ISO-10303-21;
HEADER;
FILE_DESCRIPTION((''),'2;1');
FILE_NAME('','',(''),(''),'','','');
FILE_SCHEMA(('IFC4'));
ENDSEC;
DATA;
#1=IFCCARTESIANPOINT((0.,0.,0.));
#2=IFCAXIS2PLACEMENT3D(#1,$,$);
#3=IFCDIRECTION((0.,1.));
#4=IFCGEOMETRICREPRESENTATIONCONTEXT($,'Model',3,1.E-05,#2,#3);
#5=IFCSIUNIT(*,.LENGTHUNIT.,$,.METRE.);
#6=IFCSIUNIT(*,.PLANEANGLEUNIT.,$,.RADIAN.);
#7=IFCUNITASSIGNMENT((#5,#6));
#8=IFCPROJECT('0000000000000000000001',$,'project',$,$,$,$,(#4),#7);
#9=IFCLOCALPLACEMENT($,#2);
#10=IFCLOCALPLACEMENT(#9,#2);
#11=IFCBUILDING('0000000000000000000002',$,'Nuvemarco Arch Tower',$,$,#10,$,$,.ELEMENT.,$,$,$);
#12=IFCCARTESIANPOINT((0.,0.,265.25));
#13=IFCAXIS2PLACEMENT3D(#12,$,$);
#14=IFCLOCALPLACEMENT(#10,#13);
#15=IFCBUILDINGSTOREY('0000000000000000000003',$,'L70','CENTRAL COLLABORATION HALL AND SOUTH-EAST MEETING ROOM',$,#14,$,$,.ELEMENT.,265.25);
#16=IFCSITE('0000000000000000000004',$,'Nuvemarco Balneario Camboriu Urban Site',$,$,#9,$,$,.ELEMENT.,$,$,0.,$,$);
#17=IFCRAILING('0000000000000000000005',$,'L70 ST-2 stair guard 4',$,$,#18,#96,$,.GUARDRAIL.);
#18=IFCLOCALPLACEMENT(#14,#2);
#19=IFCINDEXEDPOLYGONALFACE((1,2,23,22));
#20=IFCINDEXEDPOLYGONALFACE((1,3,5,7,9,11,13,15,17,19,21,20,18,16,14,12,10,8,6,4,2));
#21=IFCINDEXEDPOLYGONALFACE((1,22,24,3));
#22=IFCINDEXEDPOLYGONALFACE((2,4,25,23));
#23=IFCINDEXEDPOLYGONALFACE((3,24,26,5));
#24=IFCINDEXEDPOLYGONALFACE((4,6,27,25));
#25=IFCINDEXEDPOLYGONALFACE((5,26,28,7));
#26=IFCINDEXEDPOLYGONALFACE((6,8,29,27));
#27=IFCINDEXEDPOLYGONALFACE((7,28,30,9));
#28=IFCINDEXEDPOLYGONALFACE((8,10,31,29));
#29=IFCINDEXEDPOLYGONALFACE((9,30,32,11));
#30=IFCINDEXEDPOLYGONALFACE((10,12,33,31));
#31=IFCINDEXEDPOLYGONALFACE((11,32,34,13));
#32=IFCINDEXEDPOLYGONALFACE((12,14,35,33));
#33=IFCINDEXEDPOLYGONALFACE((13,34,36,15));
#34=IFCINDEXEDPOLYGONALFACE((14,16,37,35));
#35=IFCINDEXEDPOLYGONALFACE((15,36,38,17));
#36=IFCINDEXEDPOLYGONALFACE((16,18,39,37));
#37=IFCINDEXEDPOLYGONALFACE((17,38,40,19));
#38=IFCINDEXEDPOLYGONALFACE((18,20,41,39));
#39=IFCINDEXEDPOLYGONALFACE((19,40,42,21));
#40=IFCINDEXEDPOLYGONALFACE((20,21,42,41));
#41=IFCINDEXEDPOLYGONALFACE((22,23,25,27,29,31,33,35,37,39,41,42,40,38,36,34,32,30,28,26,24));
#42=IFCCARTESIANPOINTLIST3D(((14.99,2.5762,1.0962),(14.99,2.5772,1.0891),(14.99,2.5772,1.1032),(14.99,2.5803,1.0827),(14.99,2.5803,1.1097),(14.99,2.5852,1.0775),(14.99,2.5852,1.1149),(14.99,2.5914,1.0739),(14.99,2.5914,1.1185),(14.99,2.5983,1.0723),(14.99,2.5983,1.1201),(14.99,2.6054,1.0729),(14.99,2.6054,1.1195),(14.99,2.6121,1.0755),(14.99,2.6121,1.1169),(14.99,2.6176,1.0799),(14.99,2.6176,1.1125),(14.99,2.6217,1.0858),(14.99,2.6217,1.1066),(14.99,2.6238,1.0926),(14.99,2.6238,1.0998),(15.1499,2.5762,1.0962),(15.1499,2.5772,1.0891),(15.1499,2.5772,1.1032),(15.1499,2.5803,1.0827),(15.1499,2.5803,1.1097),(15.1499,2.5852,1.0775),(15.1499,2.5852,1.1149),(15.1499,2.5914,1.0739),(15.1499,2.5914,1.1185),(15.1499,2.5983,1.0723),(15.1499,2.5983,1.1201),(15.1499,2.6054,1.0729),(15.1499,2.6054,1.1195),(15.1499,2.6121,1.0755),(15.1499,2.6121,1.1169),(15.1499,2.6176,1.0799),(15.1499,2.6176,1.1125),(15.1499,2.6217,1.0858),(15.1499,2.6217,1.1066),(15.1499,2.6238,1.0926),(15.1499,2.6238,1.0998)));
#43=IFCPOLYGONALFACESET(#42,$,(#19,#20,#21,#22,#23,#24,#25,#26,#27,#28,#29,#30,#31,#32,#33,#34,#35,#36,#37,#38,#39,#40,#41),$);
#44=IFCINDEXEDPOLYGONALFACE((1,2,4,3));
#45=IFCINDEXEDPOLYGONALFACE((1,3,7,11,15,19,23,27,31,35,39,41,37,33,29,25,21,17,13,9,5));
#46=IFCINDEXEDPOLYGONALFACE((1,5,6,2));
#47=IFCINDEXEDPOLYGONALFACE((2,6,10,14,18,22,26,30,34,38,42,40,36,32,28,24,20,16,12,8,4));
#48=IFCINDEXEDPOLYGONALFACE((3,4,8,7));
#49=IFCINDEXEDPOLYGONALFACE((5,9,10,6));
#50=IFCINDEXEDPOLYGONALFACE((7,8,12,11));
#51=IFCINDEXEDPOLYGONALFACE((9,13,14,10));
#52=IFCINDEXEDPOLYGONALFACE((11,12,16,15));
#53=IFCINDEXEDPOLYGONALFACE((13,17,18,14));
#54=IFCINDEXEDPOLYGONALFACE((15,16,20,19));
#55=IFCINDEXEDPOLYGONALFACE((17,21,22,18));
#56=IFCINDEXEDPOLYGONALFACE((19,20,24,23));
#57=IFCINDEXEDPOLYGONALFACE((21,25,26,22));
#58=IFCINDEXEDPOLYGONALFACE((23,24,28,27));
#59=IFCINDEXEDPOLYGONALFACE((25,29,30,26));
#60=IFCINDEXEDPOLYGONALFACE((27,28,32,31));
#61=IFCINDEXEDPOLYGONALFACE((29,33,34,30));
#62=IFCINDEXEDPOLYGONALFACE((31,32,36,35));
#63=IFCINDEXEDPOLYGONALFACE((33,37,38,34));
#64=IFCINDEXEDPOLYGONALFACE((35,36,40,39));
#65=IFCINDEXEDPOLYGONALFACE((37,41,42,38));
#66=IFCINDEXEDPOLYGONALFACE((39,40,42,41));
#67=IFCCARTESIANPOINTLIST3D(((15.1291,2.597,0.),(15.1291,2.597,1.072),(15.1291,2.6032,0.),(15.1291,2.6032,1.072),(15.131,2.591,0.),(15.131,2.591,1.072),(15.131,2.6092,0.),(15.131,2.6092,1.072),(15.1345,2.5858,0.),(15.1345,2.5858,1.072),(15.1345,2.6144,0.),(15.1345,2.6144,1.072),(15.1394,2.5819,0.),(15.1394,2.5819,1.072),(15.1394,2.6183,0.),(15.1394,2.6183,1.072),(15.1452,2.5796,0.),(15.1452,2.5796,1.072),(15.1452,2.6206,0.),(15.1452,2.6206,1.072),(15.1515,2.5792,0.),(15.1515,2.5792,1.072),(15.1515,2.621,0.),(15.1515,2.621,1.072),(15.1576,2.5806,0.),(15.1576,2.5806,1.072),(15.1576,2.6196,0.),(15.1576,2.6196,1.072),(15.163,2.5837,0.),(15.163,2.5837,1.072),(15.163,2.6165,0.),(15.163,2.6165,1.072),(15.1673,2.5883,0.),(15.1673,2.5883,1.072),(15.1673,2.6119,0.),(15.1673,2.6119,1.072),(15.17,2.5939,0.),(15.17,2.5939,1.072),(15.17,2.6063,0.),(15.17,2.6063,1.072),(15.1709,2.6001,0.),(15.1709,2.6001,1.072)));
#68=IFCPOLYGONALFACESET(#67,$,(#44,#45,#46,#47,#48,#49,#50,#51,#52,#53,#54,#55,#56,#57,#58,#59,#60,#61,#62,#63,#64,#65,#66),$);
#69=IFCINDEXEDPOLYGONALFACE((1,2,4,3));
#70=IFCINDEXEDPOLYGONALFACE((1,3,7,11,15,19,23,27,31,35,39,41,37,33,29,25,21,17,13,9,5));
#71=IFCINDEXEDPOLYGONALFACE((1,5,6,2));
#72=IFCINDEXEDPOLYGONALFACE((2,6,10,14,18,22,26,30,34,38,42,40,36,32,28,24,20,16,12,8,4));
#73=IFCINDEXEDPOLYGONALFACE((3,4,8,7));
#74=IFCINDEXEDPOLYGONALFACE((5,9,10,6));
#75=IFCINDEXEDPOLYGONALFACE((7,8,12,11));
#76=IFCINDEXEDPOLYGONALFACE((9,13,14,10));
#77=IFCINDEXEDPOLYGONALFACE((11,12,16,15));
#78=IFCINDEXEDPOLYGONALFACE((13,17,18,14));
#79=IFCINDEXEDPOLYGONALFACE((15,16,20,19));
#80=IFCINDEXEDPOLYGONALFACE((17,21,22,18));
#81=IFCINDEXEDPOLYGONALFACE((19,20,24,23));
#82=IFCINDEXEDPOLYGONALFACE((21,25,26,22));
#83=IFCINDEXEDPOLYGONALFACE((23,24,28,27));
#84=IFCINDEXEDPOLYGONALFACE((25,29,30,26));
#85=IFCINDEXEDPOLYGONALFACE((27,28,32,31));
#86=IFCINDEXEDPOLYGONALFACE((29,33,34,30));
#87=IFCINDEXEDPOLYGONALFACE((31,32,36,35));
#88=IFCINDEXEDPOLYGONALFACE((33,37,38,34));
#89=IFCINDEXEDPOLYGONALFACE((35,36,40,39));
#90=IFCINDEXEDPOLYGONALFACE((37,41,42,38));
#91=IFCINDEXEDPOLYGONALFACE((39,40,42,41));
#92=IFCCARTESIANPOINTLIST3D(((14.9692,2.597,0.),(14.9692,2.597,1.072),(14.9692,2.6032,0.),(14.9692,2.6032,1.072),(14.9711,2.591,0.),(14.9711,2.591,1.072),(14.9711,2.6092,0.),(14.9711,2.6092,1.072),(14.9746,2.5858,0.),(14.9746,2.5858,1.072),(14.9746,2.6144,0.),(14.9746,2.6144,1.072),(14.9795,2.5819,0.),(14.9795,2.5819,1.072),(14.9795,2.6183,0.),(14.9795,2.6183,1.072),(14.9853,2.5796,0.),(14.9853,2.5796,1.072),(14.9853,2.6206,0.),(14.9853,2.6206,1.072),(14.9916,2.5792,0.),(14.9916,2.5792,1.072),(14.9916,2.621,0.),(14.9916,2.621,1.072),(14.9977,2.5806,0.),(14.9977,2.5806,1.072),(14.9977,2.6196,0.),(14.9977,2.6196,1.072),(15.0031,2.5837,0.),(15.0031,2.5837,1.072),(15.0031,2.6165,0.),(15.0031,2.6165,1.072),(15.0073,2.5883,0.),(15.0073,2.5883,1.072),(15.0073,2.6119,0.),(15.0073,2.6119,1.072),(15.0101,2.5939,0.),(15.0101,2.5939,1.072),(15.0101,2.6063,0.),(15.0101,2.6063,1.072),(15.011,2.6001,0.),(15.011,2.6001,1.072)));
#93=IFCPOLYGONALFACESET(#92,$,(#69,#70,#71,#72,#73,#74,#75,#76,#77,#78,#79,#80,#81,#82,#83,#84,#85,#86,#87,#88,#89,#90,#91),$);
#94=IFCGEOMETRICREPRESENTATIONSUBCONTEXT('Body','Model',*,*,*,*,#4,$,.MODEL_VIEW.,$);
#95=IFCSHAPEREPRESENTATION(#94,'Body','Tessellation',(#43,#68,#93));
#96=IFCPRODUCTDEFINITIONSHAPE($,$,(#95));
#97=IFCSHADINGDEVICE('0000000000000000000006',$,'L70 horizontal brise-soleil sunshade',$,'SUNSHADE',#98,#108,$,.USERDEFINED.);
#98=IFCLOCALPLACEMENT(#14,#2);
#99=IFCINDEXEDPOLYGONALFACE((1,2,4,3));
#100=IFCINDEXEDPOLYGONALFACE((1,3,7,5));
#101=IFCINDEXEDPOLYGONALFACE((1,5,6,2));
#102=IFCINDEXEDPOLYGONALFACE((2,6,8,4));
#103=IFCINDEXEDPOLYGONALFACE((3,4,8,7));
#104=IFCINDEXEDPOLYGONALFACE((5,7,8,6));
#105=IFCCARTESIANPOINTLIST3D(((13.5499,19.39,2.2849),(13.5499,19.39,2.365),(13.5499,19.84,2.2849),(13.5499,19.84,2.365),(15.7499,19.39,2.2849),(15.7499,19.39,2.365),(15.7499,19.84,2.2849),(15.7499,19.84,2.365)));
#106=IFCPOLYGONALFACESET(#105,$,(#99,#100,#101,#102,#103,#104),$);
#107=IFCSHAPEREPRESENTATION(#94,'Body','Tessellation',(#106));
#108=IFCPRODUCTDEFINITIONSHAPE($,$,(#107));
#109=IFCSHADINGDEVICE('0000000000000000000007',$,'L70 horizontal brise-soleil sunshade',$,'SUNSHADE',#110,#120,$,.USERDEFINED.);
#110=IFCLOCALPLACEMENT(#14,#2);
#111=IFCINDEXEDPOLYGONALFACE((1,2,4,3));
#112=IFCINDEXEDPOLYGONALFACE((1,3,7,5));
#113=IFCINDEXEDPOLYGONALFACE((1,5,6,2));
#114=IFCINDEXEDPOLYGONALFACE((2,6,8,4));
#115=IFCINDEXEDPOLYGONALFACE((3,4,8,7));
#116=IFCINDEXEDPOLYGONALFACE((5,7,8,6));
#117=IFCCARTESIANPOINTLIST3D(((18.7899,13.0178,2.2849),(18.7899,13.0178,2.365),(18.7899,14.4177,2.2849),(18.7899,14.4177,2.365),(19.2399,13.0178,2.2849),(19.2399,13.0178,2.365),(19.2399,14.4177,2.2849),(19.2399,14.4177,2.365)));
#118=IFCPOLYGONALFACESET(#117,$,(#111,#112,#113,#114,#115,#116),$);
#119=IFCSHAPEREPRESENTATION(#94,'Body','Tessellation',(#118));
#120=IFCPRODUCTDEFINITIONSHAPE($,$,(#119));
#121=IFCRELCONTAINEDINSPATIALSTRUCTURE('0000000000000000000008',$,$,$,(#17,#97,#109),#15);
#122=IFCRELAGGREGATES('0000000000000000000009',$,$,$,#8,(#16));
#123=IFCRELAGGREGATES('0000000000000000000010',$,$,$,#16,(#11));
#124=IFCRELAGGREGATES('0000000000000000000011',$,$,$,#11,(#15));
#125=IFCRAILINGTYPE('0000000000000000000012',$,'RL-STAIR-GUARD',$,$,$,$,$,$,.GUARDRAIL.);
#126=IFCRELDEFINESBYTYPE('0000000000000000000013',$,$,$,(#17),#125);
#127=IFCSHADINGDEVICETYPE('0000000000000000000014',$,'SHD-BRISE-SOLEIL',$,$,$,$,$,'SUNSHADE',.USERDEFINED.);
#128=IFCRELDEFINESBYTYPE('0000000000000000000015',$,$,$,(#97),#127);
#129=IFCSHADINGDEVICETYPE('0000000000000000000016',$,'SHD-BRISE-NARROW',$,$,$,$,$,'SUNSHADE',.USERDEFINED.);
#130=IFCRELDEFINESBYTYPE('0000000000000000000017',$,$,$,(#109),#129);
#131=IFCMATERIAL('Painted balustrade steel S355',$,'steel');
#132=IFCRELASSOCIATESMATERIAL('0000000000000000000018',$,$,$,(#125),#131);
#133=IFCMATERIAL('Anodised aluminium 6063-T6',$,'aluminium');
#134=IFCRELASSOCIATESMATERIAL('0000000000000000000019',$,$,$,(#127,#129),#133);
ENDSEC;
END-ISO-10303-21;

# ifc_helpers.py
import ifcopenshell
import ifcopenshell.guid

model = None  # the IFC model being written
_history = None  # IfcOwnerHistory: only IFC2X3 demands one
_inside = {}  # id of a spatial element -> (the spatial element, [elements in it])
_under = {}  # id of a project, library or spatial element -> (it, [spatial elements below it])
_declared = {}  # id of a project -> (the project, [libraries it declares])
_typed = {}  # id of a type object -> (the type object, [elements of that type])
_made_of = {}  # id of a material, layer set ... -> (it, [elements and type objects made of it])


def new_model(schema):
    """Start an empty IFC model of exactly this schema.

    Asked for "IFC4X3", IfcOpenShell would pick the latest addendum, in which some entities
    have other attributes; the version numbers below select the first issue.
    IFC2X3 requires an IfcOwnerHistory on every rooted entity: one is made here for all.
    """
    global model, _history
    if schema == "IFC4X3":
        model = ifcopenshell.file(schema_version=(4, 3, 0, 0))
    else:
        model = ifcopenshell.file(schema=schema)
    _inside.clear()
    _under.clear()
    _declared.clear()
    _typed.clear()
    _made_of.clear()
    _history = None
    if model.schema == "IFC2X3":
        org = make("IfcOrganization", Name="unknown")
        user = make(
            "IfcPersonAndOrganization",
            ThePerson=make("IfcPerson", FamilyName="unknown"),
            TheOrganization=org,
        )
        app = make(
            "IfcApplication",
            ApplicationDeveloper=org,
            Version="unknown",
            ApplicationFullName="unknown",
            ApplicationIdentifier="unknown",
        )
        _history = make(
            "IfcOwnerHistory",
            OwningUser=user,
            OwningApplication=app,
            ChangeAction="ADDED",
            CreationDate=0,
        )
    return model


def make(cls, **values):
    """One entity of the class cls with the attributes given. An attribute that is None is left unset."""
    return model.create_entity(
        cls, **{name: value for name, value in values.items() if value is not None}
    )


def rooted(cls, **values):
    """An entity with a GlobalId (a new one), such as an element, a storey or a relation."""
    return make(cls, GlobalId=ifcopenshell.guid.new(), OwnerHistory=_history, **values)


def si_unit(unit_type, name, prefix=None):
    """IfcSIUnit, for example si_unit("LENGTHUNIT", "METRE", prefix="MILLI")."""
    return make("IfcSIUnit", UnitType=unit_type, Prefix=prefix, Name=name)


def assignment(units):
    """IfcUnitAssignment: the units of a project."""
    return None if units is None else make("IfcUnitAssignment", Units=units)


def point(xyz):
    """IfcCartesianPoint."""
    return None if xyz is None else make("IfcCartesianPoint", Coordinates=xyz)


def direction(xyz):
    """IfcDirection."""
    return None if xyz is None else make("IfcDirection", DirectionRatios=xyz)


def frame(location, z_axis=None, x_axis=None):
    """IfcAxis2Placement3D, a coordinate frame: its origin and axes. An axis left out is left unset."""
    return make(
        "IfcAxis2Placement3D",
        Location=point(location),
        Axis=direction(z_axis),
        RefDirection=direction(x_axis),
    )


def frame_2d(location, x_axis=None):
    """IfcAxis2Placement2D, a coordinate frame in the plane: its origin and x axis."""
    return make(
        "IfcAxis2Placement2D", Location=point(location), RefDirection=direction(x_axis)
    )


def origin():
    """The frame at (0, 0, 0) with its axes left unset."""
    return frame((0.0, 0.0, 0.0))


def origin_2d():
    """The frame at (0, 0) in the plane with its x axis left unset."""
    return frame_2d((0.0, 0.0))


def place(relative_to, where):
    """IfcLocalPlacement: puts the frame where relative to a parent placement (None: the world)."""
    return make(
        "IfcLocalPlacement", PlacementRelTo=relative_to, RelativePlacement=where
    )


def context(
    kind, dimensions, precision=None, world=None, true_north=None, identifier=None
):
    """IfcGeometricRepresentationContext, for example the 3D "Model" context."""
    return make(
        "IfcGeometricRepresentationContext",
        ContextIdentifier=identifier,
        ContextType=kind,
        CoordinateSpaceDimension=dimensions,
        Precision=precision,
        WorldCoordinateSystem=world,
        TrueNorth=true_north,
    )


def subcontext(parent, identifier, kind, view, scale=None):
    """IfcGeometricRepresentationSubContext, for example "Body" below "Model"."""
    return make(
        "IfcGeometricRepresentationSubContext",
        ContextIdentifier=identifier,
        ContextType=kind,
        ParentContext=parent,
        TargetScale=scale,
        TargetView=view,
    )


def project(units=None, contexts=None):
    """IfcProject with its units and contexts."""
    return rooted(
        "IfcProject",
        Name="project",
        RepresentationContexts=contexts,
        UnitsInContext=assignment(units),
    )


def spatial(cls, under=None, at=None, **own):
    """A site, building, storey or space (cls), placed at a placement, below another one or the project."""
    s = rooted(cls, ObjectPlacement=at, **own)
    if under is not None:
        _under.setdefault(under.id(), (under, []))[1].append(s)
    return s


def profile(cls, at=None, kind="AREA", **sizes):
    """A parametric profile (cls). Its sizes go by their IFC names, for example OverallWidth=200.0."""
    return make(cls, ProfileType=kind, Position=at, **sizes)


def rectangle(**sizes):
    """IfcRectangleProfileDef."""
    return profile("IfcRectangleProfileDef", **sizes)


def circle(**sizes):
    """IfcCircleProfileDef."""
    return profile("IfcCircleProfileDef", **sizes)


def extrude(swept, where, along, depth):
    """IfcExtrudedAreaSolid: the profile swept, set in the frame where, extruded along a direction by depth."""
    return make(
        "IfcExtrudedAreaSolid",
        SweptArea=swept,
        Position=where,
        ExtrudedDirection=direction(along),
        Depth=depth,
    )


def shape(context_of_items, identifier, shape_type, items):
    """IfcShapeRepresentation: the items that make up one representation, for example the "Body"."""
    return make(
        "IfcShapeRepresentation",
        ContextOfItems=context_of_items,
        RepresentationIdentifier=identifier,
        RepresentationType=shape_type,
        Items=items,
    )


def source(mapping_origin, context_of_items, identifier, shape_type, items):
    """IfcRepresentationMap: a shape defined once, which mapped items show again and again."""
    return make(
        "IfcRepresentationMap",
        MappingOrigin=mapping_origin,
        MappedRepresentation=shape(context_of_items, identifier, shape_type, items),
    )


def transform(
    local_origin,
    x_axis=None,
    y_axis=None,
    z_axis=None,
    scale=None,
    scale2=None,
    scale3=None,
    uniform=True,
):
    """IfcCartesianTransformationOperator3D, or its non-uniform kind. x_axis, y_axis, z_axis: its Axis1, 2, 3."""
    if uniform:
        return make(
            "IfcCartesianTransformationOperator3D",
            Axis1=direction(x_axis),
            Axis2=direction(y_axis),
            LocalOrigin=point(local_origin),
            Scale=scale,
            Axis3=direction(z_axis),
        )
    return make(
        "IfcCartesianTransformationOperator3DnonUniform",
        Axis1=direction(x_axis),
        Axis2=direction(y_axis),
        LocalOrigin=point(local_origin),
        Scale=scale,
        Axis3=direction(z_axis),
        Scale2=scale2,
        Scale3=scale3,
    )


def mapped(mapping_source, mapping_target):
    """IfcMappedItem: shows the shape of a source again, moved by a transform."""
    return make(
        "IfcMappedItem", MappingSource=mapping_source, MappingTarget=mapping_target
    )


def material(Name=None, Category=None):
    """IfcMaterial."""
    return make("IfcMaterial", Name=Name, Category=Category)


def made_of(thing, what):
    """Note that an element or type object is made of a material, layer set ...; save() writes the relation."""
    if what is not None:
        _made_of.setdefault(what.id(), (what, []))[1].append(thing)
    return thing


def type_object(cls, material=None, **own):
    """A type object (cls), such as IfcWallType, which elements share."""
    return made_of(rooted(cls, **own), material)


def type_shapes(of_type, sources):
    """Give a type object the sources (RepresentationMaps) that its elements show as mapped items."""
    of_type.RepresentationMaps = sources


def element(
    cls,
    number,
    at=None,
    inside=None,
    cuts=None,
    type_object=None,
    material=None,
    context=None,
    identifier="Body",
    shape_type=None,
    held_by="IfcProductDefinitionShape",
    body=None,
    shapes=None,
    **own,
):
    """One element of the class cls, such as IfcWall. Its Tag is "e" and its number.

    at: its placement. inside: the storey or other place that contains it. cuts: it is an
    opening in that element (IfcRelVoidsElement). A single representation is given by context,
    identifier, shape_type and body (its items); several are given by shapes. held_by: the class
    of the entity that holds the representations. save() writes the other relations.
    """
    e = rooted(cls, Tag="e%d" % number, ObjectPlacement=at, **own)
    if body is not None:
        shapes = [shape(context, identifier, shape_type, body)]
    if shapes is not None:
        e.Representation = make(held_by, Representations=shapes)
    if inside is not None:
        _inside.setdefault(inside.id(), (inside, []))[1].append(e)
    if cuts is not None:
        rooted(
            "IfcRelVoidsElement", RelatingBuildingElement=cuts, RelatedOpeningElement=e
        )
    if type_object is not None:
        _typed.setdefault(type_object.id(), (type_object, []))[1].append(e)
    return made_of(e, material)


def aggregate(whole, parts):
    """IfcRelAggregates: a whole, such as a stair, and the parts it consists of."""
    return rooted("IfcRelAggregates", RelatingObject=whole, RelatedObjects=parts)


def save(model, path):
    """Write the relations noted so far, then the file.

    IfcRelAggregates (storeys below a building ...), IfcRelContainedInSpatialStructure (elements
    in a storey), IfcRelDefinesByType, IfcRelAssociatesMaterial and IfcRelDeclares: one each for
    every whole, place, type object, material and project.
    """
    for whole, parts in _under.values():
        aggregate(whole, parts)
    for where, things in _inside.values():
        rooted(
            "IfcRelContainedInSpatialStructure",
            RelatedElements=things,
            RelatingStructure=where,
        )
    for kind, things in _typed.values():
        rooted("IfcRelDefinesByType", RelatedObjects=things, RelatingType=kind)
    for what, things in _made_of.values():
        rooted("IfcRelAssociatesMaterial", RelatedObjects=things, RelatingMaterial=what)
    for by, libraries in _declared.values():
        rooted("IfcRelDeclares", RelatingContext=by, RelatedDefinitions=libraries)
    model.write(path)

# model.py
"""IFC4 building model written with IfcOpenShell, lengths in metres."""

from ifc_helpers import new_model, si_unit, direction, frame, origin, origin_2d, place, context, subcontext, project, spatial, rectangle, circle, extrude, source, transform, mapped, material, type_object, type_shapes, element, save


model = new_model("IFC4")

# Units and contexts
model_context = context("Model", 3, precision=1e-05, world=origin(), true_north=direction((0.0, 1.0)))
body_context = subcontext(model_context, "Body", "Model", "MODEL_VIEW")
ifc_project = project(units=[si_unit("LENGTHUNIT", "METRE"), si_unit("PLANEANGLEUNIT", "RADIAN")], contexts=[model_context])

# Site, building, storey
site_placement = place(None, origin())
site = spatial("IfcSite", under=ifc_project, at=site_placement, Name="Nuvemarco Balneario Camboriu Urban Site", CompositionType="ELEMENT", RefElevation=0.0)
building_placement = place(site_placement, origin())
building = spatial("IfcBuilding", under=site, at=building_placement, Name="Nuvemarco Arch Tower", CompositionType="ELEMENT")
storey_placement = place(building_placement, frame((0.0, 0.0, 265.25)))
storey = spatial("IfcBuildingStorey", under=building, at=storey_placement, Name="L70", Description="CENTRAL COLLABORATION HALL AND SOUTH-EAST MEETING ROOM", CompositionType="ELEMENT", Elevation=265.25)

# Railing
ifc_material_1 = material(Name="Painted balustrade steel S355", Category="steel")
railing_type_1 = type_object("IfcRailingType", Name="RL-STAIR-GUARD", PredefinedType="GUARDRAIL", material=ifc_material_1)
railing_1_placement = place(storey_placement, frame((15.1499, 2.6001, 0.0)))
element("IfcRailing", 1, at=railing_1_placement, inside=storey, type_object=railing_type_1, Name="L70 ST-2 stair guard 4", PredefinedType="GUARDRAIL", context=body_context, shape_type="SweptSolid", body=[
    extrude(circle(Radius=0.0239, at=origin_2d()), frame((0.0, 0.0, 1.0962), z_axis=(-1.0, 0.0, 0.0), x_axis=(0.0, -1.0, 0.0)), (0.0, 0.0, 1.0), 0.1599),
    extrude(circle(Radius=0.021, at=origin_2d()), origin(), (0.0, 0.0, 1.0), 1.072),
    extrude(circle(Radius=0.021, at=origin_2d()), frame((-0.1599, 0.0, 0.0)), (0.0, 0.0, 1.0), 1.072),
])

# Shading devices
ifc_material_2 = material(Name="Anodised aluminium 6063-T6", Category="aluminium")
shading_device_type_1 = type_object("IfcShadingDeviceType", Name="SHD-BRISE-SOLEIL", ElementType="SUNSHADE", PredefinedType="USERDEFINED", material=ifc_material_2)
shared_shape_1 = source(origin(), body_context, "Body", "SweptSolid", [
    extrude(rectangle(XDim=2.2, YDim=0.45, at=origin_2d()), origin(), (0.0, 0.0, 1.0), 0.0801),
])
type_shapes(shading_device_type_1, [shared_shape_1])
shading_device_1_placement = place(storey_placement, frame((14.6499, 19.615, 2.2849), z_axis=(0.0, 0.0, 1.0), x_axis=(1.0, 0.0, 0.0)))
element("IfcShadingDevice", 2, at=shading_device_1_placement, inside=storey, type_object=shading_device_type_1, Name="L70 horizontal brise-soleil sunshade", ObjectType="SUNSHADE", PredefinedType="USERDEFINED", context=body_context, shape_type="MappedRepresentation", body=[
    mapped(shared_shape_1, transform((0.0, 0.0, 0.0), scale=1.0)),
])
shading_device_type_2 = type_object("IfcShadingDeviceType", Name="SHD-BRISE-NARROW", ElementType="SUNSHADE", PredefinedType="USERDEFINED", material=ifc_material_2)
shared_shape_2 = source(origin(), body_context, "Body", "SweptSolid", [
    extrude(rectangle(XDim=1.3999, YDim=0.45, at=origin_2d()), origin(), (0.0, 0.0, 1.0), 0.0801),
])
type_shapes(shading_device_type_2, [shared_shape_2])
shading_device_2_placement = place(storey_placement, frame((19.0149, 13.7178, 2.2849), z_axis=(0.0, 0.0, 1.0), x_axis=(0.0, 1.0, 0.0)))
element("IfcShadingDevice", 3, at=shading_device_2_placement, inside=storey, type_object=shading_device_type_2, Name="L70 horizontal brise-soleil sunshade", ObjectType="SUNSHADE", PredefinedType="USERDEFINED", context=body_context, shape_type="MappedRepresentation", body=[
    mapped(shared_shape_2, transform((0.0, 0.0, 0.0), scale=1.0)),
])

save(model, "model.ifc")
